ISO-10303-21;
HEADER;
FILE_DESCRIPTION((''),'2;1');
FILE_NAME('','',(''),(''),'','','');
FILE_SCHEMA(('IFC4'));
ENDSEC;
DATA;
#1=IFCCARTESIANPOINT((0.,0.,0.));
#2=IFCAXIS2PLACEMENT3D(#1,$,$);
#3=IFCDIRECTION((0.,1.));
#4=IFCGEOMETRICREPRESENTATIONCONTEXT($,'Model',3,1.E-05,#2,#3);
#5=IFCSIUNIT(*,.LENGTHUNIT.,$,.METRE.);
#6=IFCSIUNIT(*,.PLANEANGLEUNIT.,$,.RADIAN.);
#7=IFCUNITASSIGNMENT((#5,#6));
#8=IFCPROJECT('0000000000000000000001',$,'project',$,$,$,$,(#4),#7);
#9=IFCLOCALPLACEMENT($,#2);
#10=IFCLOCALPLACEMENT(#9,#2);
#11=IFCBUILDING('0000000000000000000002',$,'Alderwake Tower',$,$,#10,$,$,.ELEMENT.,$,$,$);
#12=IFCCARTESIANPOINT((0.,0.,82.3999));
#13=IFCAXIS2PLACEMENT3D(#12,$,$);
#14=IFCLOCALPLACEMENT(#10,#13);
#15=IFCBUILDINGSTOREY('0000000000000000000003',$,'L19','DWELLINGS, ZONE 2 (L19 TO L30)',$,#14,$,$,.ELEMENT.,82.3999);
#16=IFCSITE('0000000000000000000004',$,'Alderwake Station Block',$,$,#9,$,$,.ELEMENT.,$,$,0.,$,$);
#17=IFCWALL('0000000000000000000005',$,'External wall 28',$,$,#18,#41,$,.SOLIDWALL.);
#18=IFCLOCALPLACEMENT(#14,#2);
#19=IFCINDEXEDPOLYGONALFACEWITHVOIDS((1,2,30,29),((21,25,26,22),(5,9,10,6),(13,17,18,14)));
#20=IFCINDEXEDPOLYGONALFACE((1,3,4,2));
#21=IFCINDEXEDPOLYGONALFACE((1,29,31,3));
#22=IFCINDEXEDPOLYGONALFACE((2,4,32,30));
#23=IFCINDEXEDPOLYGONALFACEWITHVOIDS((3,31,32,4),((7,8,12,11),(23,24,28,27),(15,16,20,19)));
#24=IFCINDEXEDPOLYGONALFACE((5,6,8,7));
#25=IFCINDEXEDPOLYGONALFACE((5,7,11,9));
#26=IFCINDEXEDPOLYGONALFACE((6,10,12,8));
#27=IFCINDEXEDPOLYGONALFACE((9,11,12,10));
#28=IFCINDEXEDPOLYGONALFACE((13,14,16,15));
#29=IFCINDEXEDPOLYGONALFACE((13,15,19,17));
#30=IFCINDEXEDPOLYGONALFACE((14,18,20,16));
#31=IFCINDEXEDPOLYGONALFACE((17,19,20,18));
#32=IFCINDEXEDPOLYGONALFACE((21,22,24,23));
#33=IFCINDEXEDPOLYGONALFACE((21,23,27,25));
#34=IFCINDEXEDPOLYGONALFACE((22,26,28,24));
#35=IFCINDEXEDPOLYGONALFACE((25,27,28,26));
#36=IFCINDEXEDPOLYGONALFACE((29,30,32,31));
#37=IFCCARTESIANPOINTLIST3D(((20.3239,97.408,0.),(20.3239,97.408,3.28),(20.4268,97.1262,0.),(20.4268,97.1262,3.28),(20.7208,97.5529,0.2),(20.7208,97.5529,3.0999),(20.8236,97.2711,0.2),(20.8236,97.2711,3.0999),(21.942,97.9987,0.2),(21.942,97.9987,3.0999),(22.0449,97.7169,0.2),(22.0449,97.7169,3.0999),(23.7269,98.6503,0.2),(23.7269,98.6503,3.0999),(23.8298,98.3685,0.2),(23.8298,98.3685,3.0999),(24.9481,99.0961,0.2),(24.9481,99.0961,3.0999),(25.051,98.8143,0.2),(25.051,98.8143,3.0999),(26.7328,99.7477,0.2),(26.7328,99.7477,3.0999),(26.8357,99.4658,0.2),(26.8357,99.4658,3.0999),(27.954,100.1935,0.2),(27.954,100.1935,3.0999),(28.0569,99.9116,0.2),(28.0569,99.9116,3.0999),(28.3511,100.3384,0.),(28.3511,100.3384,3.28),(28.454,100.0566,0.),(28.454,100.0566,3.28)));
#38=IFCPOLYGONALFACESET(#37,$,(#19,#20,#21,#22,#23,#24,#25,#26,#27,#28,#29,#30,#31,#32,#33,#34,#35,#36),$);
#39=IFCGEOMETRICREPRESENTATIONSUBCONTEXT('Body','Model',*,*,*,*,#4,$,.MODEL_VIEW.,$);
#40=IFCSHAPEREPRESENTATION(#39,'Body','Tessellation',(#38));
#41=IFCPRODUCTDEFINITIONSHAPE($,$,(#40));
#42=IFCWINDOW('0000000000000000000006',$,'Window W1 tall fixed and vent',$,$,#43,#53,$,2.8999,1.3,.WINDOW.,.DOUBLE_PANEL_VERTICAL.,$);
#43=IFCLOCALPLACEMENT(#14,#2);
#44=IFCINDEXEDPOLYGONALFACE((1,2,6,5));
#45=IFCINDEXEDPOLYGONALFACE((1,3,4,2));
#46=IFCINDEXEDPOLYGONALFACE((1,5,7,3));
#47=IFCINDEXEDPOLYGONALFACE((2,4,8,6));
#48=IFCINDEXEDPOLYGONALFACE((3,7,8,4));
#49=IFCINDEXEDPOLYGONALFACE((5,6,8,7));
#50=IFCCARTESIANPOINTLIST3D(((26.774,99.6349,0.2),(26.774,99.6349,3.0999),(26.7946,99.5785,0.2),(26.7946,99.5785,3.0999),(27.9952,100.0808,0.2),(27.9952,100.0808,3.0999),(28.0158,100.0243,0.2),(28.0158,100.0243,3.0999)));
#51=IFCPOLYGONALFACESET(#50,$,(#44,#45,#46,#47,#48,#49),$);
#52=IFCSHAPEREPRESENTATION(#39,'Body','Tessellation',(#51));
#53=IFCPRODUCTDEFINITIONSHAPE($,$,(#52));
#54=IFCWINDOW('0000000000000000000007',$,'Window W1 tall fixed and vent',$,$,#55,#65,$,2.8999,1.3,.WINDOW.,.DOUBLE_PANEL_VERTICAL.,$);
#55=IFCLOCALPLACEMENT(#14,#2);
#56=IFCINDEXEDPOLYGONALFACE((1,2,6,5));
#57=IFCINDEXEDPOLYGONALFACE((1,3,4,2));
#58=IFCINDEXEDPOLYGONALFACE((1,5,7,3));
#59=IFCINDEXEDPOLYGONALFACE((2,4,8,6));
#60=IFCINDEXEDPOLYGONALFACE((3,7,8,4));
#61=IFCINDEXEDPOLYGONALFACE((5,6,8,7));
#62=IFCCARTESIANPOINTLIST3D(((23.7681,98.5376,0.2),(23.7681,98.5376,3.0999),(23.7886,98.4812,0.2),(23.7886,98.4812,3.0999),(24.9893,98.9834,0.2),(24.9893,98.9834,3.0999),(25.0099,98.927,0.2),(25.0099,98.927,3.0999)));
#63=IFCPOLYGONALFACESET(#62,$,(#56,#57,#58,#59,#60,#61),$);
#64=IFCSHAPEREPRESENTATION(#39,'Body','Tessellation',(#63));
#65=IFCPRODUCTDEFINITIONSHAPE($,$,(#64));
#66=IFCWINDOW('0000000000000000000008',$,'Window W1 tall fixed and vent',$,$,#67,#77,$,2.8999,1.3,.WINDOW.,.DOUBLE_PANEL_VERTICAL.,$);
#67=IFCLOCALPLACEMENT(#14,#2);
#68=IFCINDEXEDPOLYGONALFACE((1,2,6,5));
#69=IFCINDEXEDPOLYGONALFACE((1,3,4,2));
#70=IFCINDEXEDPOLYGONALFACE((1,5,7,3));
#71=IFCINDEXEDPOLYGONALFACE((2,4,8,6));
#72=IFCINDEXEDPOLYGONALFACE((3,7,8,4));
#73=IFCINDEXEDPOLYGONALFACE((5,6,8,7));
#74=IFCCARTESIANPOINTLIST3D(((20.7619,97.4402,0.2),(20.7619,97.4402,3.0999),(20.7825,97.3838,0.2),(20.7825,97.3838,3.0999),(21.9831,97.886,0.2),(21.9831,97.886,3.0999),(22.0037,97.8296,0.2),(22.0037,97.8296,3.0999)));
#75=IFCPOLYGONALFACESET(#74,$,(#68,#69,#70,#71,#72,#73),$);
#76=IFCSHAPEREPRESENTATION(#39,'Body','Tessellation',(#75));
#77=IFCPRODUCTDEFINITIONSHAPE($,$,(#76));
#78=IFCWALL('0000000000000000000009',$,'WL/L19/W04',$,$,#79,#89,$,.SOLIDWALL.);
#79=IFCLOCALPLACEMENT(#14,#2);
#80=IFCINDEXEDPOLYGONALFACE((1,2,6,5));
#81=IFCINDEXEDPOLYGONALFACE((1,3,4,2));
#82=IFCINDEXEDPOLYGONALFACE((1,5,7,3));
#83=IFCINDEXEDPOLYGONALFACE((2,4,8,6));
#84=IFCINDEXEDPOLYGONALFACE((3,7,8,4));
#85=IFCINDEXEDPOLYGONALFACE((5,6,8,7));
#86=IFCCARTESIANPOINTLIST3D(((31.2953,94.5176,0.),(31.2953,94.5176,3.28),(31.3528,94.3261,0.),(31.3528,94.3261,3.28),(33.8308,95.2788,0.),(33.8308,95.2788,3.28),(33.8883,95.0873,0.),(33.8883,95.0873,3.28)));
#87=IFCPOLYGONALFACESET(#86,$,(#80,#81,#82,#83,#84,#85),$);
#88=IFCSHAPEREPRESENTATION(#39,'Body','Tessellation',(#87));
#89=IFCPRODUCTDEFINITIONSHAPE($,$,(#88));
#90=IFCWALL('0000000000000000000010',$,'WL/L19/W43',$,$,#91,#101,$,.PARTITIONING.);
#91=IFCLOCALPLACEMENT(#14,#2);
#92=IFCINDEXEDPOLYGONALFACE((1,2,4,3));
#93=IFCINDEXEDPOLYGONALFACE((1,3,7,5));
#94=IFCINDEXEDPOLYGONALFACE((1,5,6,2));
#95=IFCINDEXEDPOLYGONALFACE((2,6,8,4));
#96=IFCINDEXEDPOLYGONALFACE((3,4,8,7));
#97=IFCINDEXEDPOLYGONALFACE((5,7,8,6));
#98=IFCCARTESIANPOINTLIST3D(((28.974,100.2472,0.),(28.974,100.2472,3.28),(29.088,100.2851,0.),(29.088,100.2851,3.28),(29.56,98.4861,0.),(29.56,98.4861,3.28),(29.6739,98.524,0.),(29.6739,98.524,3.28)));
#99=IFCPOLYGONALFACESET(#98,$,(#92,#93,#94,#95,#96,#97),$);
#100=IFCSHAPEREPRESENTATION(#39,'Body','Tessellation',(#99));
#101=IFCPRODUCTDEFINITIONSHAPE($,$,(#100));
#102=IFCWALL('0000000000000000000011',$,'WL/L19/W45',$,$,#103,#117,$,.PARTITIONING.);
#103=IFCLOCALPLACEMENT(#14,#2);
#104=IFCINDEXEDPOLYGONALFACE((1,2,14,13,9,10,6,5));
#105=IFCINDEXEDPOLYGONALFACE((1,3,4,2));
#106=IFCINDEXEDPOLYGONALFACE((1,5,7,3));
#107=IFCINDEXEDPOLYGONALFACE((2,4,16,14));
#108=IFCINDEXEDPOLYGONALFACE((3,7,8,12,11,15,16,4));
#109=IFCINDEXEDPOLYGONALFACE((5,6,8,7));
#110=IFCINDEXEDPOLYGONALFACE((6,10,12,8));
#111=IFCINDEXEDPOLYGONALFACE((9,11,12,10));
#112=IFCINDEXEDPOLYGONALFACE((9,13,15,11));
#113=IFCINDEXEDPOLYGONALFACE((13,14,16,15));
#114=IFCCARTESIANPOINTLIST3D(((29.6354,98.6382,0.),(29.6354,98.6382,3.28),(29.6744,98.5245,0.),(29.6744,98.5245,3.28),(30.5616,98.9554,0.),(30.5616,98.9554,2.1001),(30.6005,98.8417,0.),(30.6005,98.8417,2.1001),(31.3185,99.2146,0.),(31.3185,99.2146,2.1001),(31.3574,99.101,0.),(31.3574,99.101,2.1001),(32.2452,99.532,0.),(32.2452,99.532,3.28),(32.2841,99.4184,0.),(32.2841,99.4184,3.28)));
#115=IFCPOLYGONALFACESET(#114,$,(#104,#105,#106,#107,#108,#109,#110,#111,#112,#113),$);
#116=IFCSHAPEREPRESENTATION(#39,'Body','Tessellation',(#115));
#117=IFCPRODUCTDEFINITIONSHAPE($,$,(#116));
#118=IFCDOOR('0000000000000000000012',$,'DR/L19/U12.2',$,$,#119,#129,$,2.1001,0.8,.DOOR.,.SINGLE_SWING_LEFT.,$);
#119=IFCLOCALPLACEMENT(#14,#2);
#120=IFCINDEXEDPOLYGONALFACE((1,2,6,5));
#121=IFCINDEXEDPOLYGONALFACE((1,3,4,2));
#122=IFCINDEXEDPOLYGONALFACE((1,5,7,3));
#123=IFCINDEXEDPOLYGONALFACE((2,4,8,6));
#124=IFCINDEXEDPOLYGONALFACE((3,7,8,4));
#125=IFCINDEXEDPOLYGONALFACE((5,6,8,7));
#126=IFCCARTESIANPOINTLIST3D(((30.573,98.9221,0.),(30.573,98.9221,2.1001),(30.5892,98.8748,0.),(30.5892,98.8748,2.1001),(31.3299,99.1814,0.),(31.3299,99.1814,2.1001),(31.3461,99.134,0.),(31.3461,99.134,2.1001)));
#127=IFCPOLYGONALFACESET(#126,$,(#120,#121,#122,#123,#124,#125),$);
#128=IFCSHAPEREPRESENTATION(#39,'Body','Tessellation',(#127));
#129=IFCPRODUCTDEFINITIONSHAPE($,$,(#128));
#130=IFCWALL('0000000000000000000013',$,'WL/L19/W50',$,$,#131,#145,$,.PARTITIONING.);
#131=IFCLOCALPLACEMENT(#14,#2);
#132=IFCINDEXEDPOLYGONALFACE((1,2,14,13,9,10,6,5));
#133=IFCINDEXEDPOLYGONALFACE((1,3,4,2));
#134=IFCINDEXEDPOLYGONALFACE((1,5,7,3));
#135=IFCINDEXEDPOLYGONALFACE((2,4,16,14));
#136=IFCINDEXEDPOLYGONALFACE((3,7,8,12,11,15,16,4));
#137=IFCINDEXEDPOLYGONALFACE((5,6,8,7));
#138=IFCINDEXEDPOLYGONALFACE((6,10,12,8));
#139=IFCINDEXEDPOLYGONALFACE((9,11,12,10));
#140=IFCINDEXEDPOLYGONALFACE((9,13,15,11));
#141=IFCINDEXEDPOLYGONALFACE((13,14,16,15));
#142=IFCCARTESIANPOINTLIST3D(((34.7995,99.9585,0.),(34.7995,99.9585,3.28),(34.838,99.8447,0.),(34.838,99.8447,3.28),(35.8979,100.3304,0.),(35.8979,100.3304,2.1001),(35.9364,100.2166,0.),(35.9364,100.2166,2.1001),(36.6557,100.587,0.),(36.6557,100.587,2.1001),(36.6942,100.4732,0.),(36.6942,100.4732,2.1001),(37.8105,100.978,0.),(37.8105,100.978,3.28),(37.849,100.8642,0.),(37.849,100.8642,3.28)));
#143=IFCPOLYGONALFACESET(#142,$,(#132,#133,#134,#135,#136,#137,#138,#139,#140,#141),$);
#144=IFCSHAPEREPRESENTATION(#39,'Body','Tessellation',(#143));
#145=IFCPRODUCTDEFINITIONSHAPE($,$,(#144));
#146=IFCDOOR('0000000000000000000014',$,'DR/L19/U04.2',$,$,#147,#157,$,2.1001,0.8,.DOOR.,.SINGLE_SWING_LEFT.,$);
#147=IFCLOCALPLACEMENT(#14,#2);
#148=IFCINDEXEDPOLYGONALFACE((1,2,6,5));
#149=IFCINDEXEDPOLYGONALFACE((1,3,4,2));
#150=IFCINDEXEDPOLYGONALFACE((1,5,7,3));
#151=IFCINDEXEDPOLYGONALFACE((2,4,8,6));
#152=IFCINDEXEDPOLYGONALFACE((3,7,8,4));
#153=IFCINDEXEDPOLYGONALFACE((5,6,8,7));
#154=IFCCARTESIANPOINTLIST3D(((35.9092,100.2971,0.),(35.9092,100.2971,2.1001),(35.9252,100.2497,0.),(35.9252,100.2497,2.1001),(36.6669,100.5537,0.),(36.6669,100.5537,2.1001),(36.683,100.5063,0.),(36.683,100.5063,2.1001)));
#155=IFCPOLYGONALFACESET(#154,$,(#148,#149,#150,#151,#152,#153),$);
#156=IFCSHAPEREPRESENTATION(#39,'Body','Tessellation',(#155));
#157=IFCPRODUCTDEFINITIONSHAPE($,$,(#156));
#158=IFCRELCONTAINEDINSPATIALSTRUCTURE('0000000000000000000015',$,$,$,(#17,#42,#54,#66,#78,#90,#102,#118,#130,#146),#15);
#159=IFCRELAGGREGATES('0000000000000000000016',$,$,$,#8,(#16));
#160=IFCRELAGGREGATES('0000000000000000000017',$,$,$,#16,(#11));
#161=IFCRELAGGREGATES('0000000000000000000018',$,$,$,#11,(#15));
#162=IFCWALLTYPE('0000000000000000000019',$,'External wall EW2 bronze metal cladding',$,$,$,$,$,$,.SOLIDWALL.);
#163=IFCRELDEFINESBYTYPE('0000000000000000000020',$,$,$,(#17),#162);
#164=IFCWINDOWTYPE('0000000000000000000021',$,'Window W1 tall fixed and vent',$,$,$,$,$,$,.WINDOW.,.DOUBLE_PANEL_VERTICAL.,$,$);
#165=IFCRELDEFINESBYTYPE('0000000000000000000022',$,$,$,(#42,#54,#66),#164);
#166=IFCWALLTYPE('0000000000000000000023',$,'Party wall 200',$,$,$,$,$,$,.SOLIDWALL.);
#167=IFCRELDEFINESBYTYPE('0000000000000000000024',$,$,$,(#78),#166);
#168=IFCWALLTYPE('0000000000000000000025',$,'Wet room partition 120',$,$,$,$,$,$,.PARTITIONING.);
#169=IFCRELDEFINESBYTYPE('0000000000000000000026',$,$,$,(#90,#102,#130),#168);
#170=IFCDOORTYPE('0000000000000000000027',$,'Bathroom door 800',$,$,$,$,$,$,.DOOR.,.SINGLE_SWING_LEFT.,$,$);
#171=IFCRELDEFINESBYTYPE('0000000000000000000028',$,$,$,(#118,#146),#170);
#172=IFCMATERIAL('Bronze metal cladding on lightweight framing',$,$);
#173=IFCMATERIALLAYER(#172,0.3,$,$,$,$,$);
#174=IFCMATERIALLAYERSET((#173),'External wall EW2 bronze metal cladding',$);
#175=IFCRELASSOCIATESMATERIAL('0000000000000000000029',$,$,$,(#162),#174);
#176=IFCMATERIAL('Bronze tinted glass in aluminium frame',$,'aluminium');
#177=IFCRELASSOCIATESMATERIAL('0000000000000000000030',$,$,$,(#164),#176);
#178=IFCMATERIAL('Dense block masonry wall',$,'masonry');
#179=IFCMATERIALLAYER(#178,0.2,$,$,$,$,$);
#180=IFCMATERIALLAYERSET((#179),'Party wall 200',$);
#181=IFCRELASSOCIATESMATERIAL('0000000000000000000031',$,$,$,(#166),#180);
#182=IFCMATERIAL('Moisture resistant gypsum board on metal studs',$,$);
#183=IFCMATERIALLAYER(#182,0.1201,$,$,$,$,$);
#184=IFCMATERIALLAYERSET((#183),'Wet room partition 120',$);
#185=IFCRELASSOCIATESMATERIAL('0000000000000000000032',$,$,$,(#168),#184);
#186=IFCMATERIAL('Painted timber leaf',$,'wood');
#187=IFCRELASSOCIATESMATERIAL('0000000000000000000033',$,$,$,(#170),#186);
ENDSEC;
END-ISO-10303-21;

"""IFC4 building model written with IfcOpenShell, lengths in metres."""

from ifc_helpers import new_model, si_unit, direction, frame, frame_2d, origin, place, context, subcontext, project, spatial, rectangle, extrude, material, layer, layer_set, type_object, element, fill, save


model = new_model("IFC4")

# Units and contexts
model_context = context("Model", 3, precision=1e-05, world=origin(), true_north=direction((0.0, 1.0)))
body_context = subcontext(model_context, "Body", "Model", "MODEL_VIEW")
ifc_project = project(units=[si_unit("LENGTHUNIT", "METRE"), si_unit("PLANEANGLEUNIT", "RADIAN")], contexts=[model_context])

# Site, building, storey
site_placement = place(None, origin())
site = spatial("IfcSite", under=ifc_project, at=site_placement, Name="Alderwake Station Block", CompositionType="ELEMENT", RefElevation=0.0)
building_placement = place(site_placement, origin())
building = spatial("IfcBuilding", under=site, at=building_placement, Name="Alderwake Tower", CompositionType="ELEMENT")
storey_placement = place(building_placement, frame((0.0, 0.0, 82.3999)))
storey = spatial("IfcBuildingStorey", under=building, at=storey_placement, Name="L19", Description="DWELLINGS, ZONE 2 (L19 TO L30)", CompositionType="ELEMENT", Elevation=82.3999)

# Wall, openings, windows
ifc_material_1 = material(Name="Bronze metal cladding on lightweight framing")
ifc_layer_1 = layer(ifc_material_1, 0.3)
ifc_layer_set_1 = layer_set([ifc_layer_1], Name="External wall EW2 bronze metal cladding")
wall_type_1 = type_object("IfcWallType", Name="External wall EW2 bronze metal cladding", PredefinedType="SOLIDWALL", material=ifc_layer_set_1)
ifc_material_2 = material(Name="Bronze tinted glass in aluminium frame", Category="aluminium")
window_type_1 = type_object("IfcWindowType", Name="Window W1 tall fixed and vent", PartitioningType="DOUBLE_PANEL_VERTICAL", PredefinedType="WINDOW", material=ifc_material_2)
wall_1_placement = place(storey_placement, frame((28.4026, 100.1975, 0.0), z_axis=(0.0, 0.0, 1.0), x_axis=(-0.939365, -0.34292, 0.0)))
wall_1 = element("IfcWall", 1, at=wall_1_placement, inside=storey, type_object=wall_type_1, Name="External wall 28", PredefinedType="SOLIDWALL", context=body_context, shape_type="SweptSolid", body=[
    extrude(rectangle(XDim=8.5454, YDim=0.3, at=frame_2d((4.2727, 0.0))), origin(), (0.0, 0.0, 1.0), 3.28),
])
opening_1_placement = place(wall_1_placement, frame((0.4229, 0.0, 0.2)))
opening_1 = element("IfcOpeningElement", 2, at=opening_1_placement, cuts=wall_1, PredefinedType="OPENING", context=body_context, shape_type="SweptSolid", body=[
    extrude(rectangle(XDim=1.3, YDim=2.8999, at=frame_2d((0.6499, 1.45))), frame((0.0, 0.1599, 0.0), z_axis=(0.0, -1.0, 0.0), x_axis=(1.0, 0.0, 0.0)), (0.0, 0.0, 1.0), 0.3201),
])
opening_2_placement = place(wall_1_placement, frame((3.6228, 0.0, 0.2)))
opening_2 = element("IfcOpeningElement", 3, at=opening_2_placement, cuts=wall_1, PredefinedType="OPENING", context=body_context, shape_type="SweptSolid", body=[
    extrude(rectangle(XDim=1.3, YDim=2.8999, at=frame_2d((0.6499, 1.45))), frame((0.0, 0.1599, 0.0), z_axis=(0.0, -1.0, 0.0), x_axis=(1.0, 0.0, 0.0)), (0.0, 0.0, 1.0), 0.3201),
])
opening_3_placement = place(wall_1_placement, frame((6.823, 0.0, 0.2)))
opening_3 = element("IfcOpeningElement", 4, at=opening_3_placement, cuts=wall_1, PredefinedType="OPENING", context=body_context, shape_type="SweptSolid", body=[
    extrude(rectangle(XDim=1.3, YDim=2.8999, at=frame_2d((0.6499, 1.45))), frame((0.0, 0.1599, 0.0), z_axis=(0.0, -1.0, 0.0), x_axis=(1.0, 0.0, 0.0)), (0.0, 0.0, 1.0), 0.3201),
])
window_1_placement = place(opening_1_placement, origin())
window_1 = element("IfcWindow", 5, at=window_1_placement, inside=storey, type_object=window_type_1, Name="Window W1 tall fixed and vent", OverallHeight=2.8999, OverallWidth=1.3, PartitioningType="DOUBLE_PANEL_VERTICAL", PredefinedType="WINDOW", context=body_context, shape_type="SweptSolid", body=[
    extrude(rectangle(XDim=1.3, YDim=2.8999, at=frame_2d((0.6499, 1.45))), frame((0.0, 0.03, 0.0), z_axis=(0.0, -1.0, 0.0), x_axis=(1.0, 0.0, 0.0)), (0.0, 0.0, 1.0), 0.0601),
])
fill(opening_1, window_1)
window_2_placement = place(opening_2_placement, origin())
window_2 = element("IfcWindow", 6, at=window_2_placement, inside=storey, type_object=window_type_1, Name="Window W1 tall fixed and vent", OverallHeight=2.8999, OverallWidth=1.3, PartitioningType="DOUBLE_PANEL_VERTICAL", PredefinedType="WINDOW", context=body_context, shape_type="SweptSolid", body=[
    extrude(rectangle(XDim=1.3, YDim=2.8999, at=frame_2d((0.6499, 1.45))), frame((0.0, 0.03, 0.0), z_axis=(0.0, -1.0, 0.0), x_axis=(1.0, 0.0, 0.0)), (0.0, 0.0, 1.0), 0.0601),
])
fill(opening_2, window_2)
window_3_placement = place(opening_3_placement, origin())
window_3 = element("IfcWindow", 7, at=window_3_placement, inside=storey, type_object=window_type_1, Name="Window W1 tall fixed and vent", OverallHeight=2.8999, OverallWidth=1.3, PartitioningType="DOUBLE_PANEL_VERTICAL", PredefinedType="WINDOW", context=body_context, shape_type="SweptSolid", body=[
    extrude(rectangle(XDim=1.3, YDim=2.8999, at=frame_2d((0.6499, 1.45))), frame((0.0, 0.03, 0.0), z_axis=(0.0, -1.0, 0.0), x_axis=(1.0, 0.0, 0.0)), (0.0, 0.0, 1.0), 0.0601),
])
fill(opening_3, window_3)

# Walls
ifc_material_3 = material(Name="Dense block masonry wall", Category="masonry")
ifc_layer_2 = layer(ifc_material_3, 0.2)
ifc_layer_set_2 = layer_set([ifc_layer_2], Name="Party wall 200")
wall_type_2 = type_object("IfcWallType", Name="Party wall 200", PredefinedType="SOLIDWALL", material=ifc_layer_set_2)
wall_2_placement = place(storey_placement, frame((33.8596, 95.1831, 0.0), z_axis=(0.0, 0.0, 1.0), x_axis=(-0.957763, -0.287559, 0.0)))
element("IfcWall", 8, at=wall_2_placement, inside=storey, type_object=wall_type_2, Name="WL/L19/W04", PredefinedType="SOLIDWALL", context=body_context, shape_type="SweptSolid", body=[
    extrude(rectangle(XDim=2.6472, YDim=0.2, at=frame_2d((1.3237, 0.0))), origin(), (0.0, 0.0, 1.0), 3.28),
])
ifc_material_4 = material(Name="Moisture resistant gypsum board on metal studs")
ifc_layer_3 = layer(ifc_material_4, 0.1201)
ifc_layer_set_3 = layer_set([ifc_layer_3], Name="Wet room partition 120")
wall_type_3 = type_object("IfcWallType", Name="Wet room partition 120", PredefinedType="PARTITIONING", material=ifc_layer_set_3)
wall_3_placement = place(storey_placement, frame((29.031, 100.2661, 0.0), z_axis=(0.0, 0.0, 1.0), x_axis=(0.315715, -0.948854, 0.0)))
element("IfcWall", 9, at=wall_3_placement, inside=storey, type_object=wall_type_3, Name="WL/L19/W43", PredefinedType="PARTITIONING", context=body_context, shape_type="SweptSolid", body=[
    extrude(rectangle(XDim=1.856, YDim=0.1201, at=frame_2d((0.928, 0.0))), origin(), (0.0, 0.0, 1.0), 3.28),
])

# Walls, openings, doors
wall_4_placement = place(storey_placement, frame((29.6548, 98.5813, 0.0), z_axis=(0.0, 0.0, 1.0), x_axis=(0.946049, 0.324023, 0.0)))
wall_4 = element("IfcWall", 10, at=wall_4_placement, inside=storey, type_object=wall_type_3, Name="WL/L19/W45", PredefinedType="PARTITIONING", context=body_context, shape_type="SweptSolid", body=[
    extrude(rectangle(XDim=2.7585, YDim=0.1201, at=frame_2d((1.3794, 0.0))), origin(), (0.0, 0.0, 1.0), 3.28),
])
opening_4_placement = place(wall_4_placement, frame((0.9792, 0.0, 0.0)))
opening_4 = element("IfcOpeningElement", 11, at=opening_4_placement, cuts=wall_4, PredefinedType="OPENING", context=body_context, shape_type="SweptSolid", body=[
    extrude(rectangle(XDim=0.8, YDim=2.1001, at=frame_2d((0.3999, 1.05))), frame((0.0, 0.0701, 0.0), z_axis=(0.0, -1.0, 0.0), x_axis=(1.0, 0.0, 0.0)), (0.0, 0.0, 1.0), 0.1401),
])
ifc_material_5 = material(Name="Painted timber leaf", Category="wood")
door_type_1 = type_object("IfcDoorType", Name="Bathroom door 800", OperationType="SINGLE_SWING_LEFT", PredefinedType="DOOR", material=ifc_material_5)
door_1_placement = place(opening_4_placement, origin())
door_1 = element("IfcDoor", 12, at=door_1_placement, inside=storey, type_object=door_type_1, Name="DR/L19/U12.2", OperationType="SINGLE_SWING_LEFT", OverallHeight=2.1001, OverallWidth=0.8, PredefinedType="DOOR", context=body_context, shape_type="SweptSolid", body=[
    extrude(rectangle(XDim=0.8, YDim=2.1001, at=frame_2d((0.3999, 1.05))), frame((0.0, 0.0249, 0.0), z_axis=(0.0, -1.0, 0.0), x_axis=(1.0, 0.0, 0.0)), (0.0, 0.0, 1.0), 0.05),
])
fill(opening_4, door_1)
wall_5_placement = place(storey_placement, frame((34.8188, 99.9016, 0.0), z_axis=(0.0, 0.0, 1.0), x_axis=(0.947175, 0.320717, 0.0)))
wall_5 = element("IfcWall", 13, at=wall_5_placement, inside=storey, type_object=wall_type_3, Name="WL/L19/W50", PredefinedType="PARTITIONING", context=body_context, shape_type="SweptSolid", body=[
    extrude(rectangle(XDim=3.179, YDim=0.1201, at=frame_2d((1.5894, 0.0))), origin(), (0.0, 0.0, 1.0), 3.28),
])
opening_5_placement = place(wall_5_placement, frame((1.1597, 0.0, 0.0)))
opening_5 = element("IfcOpeningElement", 14, at=opening_5_placement, cuts=wall_5, PredefinedType="OPENING", context=body_context, shape_type="SweptSolid", body=[
    extrude(rectangle(XDim=0.8, YDim=2.1001, at=frame_2d((0.3999, 1.05))), frame((0.0, 0.0701, 0.0), z_axis=(0.0, -1.0, 0.0), x_axis=(1.0, 0.0, 0.0)), (0.0, 0.0, 1.0), 0.1401),
])
door_2_placement = place(opening_5_placement, origin())
door_2 = element("IfcDoor", 15, at=door_2_placement, inside=storey, type_object=door_type_1, Name="DR/L19/U04.2", OperationType="SINGLE_SWING_LEFT", OverallHeight=2.1001, OverallWidth=0.8, PredefinedType="DOOR", context=body_context, shape_type="SweptSolid", body=[
    extrude(rectangle(XDim=0.8, YDim=2.1001, at=frame_2d((0.3999, 1.05))), frame((0.0, 0.0249, 0.0), z_axis=(0.0, -1.0, 0.0), x_axis=(1.0, 0.0, 0.0)), (0.0, 0.0, 1.0), 0.05),
])
fill(opening_5, door_2)

save(model, "model.ifc")
